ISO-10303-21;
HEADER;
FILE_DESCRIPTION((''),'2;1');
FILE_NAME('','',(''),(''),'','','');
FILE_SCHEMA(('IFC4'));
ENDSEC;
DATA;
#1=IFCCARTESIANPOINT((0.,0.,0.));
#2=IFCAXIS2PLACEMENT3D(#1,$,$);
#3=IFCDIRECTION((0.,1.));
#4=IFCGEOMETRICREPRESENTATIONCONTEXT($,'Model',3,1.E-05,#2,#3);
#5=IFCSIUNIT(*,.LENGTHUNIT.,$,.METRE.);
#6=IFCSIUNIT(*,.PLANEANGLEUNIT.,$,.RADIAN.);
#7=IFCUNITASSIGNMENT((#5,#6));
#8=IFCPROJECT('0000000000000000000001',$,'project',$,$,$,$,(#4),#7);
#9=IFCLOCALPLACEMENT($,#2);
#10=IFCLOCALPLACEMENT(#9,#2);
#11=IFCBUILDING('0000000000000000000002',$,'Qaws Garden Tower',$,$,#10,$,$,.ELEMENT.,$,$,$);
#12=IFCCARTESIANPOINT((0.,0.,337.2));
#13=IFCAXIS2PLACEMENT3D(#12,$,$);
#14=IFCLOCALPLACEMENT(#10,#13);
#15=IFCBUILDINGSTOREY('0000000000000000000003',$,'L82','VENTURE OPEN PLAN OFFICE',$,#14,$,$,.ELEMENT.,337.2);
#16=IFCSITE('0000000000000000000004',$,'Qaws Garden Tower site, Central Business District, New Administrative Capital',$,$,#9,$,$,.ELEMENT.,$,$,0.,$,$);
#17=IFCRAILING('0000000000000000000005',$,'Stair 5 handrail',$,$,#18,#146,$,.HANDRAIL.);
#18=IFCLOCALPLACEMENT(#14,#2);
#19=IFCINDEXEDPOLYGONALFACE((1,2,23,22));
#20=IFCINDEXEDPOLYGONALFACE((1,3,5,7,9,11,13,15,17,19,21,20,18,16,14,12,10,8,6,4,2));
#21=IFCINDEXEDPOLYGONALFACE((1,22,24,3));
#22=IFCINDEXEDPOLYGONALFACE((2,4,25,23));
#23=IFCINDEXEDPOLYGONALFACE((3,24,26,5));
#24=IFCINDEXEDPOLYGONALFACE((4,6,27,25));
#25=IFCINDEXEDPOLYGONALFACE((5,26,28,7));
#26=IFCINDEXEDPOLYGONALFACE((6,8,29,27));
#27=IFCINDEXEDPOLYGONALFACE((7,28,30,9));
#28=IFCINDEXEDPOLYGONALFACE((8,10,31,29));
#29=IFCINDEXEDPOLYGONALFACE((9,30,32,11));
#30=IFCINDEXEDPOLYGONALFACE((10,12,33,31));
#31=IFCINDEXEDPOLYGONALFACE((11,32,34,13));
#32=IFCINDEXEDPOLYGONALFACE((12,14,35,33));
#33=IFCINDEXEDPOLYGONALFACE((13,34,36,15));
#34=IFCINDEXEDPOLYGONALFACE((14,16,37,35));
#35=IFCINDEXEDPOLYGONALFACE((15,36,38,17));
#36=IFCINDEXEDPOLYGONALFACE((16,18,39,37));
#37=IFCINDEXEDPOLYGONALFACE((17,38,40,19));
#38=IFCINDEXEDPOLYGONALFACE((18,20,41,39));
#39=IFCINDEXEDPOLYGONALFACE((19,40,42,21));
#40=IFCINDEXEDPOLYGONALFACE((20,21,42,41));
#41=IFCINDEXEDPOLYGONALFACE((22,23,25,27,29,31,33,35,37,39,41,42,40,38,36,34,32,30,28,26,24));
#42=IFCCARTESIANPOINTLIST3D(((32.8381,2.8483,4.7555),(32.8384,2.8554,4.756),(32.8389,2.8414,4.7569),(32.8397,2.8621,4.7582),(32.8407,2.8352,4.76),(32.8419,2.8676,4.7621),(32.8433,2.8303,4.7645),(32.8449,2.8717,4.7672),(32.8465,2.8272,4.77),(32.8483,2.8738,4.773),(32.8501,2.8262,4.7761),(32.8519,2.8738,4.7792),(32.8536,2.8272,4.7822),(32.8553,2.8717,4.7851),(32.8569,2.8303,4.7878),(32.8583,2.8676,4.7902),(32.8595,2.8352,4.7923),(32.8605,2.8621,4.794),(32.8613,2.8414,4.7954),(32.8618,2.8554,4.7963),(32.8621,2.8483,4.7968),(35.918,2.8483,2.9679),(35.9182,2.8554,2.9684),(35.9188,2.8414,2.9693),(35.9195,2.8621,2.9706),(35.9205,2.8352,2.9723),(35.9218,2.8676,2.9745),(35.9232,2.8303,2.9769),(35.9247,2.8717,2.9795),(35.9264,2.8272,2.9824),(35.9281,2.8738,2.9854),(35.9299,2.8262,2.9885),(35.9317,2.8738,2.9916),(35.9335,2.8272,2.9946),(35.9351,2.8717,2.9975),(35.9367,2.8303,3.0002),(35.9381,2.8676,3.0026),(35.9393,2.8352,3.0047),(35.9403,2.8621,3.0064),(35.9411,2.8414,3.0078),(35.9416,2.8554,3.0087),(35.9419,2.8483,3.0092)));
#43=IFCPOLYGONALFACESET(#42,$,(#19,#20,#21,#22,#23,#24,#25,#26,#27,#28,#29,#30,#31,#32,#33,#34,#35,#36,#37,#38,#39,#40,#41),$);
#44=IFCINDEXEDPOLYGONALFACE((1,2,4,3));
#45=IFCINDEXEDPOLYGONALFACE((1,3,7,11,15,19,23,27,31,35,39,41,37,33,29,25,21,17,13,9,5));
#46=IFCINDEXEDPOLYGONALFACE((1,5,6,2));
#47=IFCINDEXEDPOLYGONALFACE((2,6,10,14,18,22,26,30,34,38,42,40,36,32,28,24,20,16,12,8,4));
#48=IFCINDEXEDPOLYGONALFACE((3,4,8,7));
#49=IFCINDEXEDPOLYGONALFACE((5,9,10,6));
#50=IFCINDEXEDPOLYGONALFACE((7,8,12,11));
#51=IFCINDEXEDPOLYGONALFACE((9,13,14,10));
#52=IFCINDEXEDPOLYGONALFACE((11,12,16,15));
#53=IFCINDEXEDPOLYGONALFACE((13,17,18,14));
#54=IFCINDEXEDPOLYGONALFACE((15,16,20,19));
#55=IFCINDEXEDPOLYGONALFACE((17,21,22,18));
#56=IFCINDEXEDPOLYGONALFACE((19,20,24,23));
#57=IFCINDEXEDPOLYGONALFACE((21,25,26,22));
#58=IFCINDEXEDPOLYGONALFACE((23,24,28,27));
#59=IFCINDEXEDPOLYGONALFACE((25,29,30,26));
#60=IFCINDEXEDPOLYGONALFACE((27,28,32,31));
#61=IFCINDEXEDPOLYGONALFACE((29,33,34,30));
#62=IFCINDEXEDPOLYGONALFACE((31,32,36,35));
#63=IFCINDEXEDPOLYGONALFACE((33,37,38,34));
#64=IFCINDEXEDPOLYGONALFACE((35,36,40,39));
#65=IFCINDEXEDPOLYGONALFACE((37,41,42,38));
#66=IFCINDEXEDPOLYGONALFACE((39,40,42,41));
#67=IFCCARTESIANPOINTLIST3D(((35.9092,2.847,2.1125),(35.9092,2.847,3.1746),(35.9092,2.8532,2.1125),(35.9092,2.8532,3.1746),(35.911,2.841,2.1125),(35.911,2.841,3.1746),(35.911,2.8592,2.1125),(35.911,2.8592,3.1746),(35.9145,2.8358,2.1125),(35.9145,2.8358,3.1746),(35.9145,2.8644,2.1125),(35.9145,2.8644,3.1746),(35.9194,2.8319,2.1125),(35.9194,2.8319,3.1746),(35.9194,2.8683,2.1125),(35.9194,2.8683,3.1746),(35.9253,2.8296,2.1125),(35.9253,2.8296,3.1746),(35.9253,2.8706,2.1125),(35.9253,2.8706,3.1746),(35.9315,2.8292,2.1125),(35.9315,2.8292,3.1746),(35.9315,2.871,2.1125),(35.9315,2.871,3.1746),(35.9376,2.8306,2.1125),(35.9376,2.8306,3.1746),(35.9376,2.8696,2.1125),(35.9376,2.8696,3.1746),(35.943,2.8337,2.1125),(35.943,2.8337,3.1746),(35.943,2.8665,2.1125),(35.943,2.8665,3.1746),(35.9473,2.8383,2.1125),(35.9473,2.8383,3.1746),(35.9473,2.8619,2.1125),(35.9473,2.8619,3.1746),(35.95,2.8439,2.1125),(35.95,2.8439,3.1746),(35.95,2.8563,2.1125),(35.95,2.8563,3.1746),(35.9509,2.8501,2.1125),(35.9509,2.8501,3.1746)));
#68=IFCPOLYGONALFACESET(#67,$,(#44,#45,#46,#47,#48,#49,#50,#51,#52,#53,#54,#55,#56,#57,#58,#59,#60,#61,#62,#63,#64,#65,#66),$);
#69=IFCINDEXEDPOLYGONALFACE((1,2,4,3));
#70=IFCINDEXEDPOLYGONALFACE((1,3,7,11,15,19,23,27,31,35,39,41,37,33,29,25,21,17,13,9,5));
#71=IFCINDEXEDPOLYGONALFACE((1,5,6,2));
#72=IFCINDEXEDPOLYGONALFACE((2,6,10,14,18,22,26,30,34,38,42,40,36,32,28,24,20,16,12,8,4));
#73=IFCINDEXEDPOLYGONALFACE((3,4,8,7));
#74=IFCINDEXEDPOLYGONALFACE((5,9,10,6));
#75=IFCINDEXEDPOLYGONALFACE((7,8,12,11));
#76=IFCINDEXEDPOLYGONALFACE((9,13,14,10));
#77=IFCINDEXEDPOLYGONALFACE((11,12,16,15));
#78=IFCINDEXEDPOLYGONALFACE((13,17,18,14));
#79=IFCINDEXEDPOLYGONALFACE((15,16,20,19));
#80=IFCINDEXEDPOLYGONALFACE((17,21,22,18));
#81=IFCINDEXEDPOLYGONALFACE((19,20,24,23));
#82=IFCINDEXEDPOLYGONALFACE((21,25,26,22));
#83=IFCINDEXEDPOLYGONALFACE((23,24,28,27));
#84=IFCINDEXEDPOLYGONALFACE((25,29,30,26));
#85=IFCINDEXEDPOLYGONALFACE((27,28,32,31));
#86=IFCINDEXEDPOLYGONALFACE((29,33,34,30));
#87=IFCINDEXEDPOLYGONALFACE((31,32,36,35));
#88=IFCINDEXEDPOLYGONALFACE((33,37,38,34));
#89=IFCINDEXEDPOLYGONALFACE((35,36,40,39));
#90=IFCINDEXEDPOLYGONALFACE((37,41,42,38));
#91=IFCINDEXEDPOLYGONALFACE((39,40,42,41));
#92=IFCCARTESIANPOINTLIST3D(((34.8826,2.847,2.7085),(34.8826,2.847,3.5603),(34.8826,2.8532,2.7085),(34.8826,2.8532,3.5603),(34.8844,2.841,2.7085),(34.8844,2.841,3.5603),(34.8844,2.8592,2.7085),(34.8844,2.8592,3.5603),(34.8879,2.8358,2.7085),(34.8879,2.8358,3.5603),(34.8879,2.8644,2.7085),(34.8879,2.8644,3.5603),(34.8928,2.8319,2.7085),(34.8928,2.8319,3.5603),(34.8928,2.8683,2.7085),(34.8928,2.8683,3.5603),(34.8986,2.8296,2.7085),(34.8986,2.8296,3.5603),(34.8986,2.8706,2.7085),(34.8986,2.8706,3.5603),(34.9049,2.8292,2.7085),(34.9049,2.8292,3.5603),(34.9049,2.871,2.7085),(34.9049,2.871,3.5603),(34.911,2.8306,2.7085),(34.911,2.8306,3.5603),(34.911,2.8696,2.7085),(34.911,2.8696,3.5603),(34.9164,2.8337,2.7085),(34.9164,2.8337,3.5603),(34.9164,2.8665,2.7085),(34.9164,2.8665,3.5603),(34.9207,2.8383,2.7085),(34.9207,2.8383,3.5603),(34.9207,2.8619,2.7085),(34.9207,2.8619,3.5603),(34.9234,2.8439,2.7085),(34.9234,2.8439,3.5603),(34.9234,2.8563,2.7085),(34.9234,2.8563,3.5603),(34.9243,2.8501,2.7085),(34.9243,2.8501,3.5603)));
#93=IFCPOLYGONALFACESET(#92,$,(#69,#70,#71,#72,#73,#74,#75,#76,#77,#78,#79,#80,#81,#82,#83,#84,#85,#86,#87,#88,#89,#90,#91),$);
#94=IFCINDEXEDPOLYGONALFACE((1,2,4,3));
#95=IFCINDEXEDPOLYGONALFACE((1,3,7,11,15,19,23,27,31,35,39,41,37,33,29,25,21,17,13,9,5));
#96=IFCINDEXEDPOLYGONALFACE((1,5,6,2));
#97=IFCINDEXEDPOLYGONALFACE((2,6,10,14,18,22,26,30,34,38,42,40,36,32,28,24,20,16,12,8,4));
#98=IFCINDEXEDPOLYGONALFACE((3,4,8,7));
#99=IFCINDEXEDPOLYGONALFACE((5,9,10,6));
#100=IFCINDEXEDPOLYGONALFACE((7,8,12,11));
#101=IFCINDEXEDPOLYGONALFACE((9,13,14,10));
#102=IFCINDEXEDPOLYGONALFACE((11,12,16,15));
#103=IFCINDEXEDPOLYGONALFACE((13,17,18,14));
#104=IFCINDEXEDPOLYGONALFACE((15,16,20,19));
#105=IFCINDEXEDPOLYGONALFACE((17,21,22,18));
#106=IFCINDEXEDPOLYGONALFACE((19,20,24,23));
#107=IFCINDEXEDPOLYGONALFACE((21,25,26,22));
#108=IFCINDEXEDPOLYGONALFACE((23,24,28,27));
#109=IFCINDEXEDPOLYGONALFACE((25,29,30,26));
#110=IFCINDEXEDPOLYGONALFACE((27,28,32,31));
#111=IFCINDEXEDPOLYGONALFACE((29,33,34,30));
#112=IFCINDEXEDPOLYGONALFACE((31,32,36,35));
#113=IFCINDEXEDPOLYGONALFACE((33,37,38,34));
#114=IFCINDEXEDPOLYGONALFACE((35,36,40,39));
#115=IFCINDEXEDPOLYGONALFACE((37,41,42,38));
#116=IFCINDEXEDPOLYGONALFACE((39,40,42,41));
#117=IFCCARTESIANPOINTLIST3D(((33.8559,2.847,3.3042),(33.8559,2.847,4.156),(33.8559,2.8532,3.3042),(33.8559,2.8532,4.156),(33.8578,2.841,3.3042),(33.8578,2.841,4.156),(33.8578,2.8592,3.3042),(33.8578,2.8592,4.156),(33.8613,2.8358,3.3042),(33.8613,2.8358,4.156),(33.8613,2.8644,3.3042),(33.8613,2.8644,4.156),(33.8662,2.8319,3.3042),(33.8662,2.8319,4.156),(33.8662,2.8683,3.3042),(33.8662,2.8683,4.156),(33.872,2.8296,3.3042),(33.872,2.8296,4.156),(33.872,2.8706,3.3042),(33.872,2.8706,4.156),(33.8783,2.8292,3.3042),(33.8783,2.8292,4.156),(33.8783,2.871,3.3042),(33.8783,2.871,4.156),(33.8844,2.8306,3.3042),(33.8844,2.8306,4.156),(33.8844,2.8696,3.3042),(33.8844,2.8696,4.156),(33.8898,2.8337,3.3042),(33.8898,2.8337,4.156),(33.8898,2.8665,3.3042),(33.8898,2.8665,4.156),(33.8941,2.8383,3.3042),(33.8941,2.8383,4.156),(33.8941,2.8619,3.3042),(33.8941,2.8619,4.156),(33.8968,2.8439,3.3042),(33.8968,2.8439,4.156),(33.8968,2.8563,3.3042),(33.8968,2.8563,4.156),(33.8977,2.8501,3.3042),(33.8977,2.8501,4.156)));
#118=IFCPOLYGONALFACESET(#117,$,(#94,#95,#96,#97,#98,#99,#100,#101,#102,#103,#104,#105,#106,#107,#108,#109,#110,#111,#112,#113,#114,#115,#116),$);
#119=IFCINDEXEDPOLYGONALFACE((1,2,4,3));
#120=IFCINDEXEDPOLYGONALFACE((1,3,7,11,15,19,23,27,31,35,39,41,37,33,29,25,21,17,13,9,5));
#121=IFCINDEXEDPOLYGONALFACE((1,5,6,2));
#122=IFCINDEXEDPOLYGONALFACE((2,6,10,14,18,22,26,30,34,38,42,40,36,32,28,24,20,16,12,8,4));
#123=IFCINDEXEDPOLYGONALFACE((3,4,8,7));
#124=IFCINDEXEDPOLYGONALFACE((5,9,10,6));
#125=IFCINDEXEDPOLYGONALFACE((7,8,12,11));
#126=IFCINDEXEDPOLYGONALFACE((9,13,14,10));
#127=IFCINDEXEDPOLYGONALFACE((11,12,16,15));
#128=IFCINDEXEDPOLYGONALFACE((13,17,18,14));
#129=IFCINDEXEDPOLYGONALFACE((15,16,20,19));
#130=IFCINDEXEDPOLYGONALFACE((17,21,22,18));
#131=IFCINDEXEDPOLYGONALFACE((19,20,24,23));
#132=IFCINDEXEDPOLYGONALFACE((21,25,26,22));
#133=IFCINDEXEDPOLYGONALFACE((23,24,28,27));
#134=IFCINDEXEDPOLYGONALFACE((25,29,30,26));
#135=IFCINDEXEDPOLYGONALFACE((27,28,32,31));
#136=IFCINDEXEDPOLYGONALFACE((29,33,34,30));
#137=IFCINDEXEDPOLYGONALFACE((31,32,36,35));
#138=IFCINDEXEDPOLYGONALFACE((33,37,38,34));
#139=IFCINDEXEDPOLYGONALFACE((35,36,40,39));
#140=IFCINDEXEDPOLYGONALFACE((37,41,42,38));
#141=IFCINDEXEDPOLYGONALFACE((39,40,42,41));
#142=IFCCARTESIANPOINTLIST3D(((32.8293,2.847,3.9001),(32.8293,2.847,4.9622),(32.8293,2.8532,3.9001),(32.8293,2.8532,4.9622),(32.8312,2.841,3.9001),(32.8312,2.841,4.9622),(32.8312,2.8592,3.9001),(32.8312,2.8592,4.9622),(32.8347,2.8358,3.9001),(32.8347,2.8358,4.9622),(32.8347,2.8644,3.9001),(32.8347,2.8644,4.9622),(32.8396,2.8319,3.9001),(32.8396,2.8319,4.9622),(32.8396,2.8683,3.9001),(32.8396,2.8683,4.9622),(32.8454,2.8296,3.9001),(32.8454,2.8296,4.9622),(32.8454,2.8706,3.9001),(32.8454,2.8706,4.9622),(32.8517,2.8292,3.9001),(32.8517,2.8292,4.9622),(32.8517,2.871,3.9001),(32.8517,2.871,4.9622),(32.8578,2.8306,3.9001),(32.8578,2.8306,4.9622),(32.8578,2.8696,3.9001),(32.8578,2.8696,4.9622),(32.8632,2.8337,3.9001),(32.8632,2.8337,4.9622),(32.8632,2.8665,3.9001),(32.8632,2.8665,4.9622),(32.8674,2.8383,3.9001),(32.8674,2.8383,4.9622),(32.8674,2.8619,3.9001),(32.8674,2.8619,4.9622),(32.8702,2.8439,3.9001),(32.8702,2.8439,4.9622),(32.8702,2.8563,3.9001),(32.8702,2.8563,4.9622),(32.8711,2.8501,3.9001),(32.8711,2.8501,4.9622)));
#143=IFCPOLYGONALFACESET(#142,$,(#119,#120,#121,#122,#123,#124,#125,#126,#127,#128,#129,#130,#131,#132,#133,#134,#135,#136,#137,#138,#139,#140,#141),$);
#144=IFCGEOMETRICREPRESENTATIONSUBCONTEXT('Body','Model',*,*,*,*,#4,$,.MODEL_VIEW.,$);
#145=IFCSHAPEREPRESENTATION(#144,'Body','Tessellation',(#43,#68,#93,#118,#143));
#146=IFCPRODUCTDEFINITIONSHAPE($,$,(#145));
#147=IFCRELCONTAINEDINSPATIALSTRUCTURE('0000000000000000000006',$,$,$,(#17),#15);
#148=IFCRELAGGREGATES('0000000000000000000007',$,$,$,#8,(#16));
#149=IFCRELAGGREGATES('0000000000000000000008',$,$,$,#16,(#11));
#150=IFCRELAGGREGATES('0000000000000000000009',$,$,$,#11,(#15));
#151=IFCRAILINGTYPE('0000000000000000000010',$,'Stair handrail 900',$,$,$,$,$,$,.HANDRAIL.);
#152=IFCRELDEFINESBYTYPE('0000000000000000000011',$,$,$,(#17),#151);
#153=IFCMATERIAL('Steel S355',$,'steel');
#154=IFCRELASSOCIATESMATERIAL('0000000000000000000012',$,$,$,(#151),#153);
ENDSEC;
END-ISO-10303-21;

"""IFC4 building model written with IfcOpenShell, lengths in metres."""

from ifc_helpers import new_model, si_unit, direction, frame, origin, origin_2d, place, context, subcontext, project, spatial, circle, extrude, material, type_object, element, save


model = new_model("IFC4")

# Units and contexts
model_context = context("Model", 3, precision=1e-05, world=origin(), true_north=direction((0.0, 1.0)))
body_context = subcontext(model_context, "Body", "Model", "MODEL_VIEW")
ifc_project = project(units=[si_unit("LENGTHUNIT", "METRE"), si_unit("PLANEANGLEUNIT", "RADIAN")], contexts=[model_context])

# Site, building, storey
site_placement = place(None, origin())
site = spatial("IfcSite", under=ifc_project, at=site_placement, Name="Qaws Garden Tower site, Central Business District, New Administrative Capital", CompositionType="ELEMENT", RefElevation=0.0)
building_placement = place(site_placement, origin())
building = spatial("IfcBuilding", under=site, at=building_placement, Name="Qaws Garden Tower", CompositionType="ELEMENT")
storey_placement = place(building_placement, frame((0.0, 0.0, 337.2)))
storey = spatial("IfcBuildingStorey", under=building, at=storey_placement, Name="L82", Description="VENTURE OPEN PLAN OFFICE", CompositionType="ELEMENT", Elevation=337.2)

# Railing
ifc_material_1 = material(Name="Steel S355", Category="steel")
railing_type = type_object("IfcRailingType", Name="Stair handrail 900", PredefinedType="HANDRAIL", material=ifc_material_1)
railing_1_placement = place(storey_placement, frame((35.9299, 2.8501, 2.1125)))
element("IfcRailing", 1, at=railing_1_placement, inside=storey, type_object=railing_type, Name="Stair 5 handrail", PredefinedType="HANDRAIL", context=body_context, shape_type="SweptSolid", body=[
    extrude(circle(Radius=0.0239, at=origin_2d()), frame((0.0, 0.0, 0.876), z_axis=(-0.864873, 0.0, 0.50199), x_axis=(0.0, -1.0, 0.0)), (0.0, 0.0, 1.0), 3.561),
    extrude(circle(Radius=0.021, at=origin_2d()), origin(), (0.0, 0.0, 1.0), 1.062),
    extrude(circle(Radius=0.021, at=origin_2d()), frame((-1.0266, 0.0, 0.5959)), (0.0, 0.0, 1.0), 0.8518),
    extrude(circle(Radius=0.021, at=origin_2d()), frame((-2.0532, 0.0, 1.1917)), (0.0, 0.0, 1.0), 0.8518),
    extrude(circle(Radius=0.021, at=origin_2d()), frame((-3.0798, 0.0, 1.7876)), (0.0, 0.0, 1.0), 1.062),
])

save(model, "model.ifc")
